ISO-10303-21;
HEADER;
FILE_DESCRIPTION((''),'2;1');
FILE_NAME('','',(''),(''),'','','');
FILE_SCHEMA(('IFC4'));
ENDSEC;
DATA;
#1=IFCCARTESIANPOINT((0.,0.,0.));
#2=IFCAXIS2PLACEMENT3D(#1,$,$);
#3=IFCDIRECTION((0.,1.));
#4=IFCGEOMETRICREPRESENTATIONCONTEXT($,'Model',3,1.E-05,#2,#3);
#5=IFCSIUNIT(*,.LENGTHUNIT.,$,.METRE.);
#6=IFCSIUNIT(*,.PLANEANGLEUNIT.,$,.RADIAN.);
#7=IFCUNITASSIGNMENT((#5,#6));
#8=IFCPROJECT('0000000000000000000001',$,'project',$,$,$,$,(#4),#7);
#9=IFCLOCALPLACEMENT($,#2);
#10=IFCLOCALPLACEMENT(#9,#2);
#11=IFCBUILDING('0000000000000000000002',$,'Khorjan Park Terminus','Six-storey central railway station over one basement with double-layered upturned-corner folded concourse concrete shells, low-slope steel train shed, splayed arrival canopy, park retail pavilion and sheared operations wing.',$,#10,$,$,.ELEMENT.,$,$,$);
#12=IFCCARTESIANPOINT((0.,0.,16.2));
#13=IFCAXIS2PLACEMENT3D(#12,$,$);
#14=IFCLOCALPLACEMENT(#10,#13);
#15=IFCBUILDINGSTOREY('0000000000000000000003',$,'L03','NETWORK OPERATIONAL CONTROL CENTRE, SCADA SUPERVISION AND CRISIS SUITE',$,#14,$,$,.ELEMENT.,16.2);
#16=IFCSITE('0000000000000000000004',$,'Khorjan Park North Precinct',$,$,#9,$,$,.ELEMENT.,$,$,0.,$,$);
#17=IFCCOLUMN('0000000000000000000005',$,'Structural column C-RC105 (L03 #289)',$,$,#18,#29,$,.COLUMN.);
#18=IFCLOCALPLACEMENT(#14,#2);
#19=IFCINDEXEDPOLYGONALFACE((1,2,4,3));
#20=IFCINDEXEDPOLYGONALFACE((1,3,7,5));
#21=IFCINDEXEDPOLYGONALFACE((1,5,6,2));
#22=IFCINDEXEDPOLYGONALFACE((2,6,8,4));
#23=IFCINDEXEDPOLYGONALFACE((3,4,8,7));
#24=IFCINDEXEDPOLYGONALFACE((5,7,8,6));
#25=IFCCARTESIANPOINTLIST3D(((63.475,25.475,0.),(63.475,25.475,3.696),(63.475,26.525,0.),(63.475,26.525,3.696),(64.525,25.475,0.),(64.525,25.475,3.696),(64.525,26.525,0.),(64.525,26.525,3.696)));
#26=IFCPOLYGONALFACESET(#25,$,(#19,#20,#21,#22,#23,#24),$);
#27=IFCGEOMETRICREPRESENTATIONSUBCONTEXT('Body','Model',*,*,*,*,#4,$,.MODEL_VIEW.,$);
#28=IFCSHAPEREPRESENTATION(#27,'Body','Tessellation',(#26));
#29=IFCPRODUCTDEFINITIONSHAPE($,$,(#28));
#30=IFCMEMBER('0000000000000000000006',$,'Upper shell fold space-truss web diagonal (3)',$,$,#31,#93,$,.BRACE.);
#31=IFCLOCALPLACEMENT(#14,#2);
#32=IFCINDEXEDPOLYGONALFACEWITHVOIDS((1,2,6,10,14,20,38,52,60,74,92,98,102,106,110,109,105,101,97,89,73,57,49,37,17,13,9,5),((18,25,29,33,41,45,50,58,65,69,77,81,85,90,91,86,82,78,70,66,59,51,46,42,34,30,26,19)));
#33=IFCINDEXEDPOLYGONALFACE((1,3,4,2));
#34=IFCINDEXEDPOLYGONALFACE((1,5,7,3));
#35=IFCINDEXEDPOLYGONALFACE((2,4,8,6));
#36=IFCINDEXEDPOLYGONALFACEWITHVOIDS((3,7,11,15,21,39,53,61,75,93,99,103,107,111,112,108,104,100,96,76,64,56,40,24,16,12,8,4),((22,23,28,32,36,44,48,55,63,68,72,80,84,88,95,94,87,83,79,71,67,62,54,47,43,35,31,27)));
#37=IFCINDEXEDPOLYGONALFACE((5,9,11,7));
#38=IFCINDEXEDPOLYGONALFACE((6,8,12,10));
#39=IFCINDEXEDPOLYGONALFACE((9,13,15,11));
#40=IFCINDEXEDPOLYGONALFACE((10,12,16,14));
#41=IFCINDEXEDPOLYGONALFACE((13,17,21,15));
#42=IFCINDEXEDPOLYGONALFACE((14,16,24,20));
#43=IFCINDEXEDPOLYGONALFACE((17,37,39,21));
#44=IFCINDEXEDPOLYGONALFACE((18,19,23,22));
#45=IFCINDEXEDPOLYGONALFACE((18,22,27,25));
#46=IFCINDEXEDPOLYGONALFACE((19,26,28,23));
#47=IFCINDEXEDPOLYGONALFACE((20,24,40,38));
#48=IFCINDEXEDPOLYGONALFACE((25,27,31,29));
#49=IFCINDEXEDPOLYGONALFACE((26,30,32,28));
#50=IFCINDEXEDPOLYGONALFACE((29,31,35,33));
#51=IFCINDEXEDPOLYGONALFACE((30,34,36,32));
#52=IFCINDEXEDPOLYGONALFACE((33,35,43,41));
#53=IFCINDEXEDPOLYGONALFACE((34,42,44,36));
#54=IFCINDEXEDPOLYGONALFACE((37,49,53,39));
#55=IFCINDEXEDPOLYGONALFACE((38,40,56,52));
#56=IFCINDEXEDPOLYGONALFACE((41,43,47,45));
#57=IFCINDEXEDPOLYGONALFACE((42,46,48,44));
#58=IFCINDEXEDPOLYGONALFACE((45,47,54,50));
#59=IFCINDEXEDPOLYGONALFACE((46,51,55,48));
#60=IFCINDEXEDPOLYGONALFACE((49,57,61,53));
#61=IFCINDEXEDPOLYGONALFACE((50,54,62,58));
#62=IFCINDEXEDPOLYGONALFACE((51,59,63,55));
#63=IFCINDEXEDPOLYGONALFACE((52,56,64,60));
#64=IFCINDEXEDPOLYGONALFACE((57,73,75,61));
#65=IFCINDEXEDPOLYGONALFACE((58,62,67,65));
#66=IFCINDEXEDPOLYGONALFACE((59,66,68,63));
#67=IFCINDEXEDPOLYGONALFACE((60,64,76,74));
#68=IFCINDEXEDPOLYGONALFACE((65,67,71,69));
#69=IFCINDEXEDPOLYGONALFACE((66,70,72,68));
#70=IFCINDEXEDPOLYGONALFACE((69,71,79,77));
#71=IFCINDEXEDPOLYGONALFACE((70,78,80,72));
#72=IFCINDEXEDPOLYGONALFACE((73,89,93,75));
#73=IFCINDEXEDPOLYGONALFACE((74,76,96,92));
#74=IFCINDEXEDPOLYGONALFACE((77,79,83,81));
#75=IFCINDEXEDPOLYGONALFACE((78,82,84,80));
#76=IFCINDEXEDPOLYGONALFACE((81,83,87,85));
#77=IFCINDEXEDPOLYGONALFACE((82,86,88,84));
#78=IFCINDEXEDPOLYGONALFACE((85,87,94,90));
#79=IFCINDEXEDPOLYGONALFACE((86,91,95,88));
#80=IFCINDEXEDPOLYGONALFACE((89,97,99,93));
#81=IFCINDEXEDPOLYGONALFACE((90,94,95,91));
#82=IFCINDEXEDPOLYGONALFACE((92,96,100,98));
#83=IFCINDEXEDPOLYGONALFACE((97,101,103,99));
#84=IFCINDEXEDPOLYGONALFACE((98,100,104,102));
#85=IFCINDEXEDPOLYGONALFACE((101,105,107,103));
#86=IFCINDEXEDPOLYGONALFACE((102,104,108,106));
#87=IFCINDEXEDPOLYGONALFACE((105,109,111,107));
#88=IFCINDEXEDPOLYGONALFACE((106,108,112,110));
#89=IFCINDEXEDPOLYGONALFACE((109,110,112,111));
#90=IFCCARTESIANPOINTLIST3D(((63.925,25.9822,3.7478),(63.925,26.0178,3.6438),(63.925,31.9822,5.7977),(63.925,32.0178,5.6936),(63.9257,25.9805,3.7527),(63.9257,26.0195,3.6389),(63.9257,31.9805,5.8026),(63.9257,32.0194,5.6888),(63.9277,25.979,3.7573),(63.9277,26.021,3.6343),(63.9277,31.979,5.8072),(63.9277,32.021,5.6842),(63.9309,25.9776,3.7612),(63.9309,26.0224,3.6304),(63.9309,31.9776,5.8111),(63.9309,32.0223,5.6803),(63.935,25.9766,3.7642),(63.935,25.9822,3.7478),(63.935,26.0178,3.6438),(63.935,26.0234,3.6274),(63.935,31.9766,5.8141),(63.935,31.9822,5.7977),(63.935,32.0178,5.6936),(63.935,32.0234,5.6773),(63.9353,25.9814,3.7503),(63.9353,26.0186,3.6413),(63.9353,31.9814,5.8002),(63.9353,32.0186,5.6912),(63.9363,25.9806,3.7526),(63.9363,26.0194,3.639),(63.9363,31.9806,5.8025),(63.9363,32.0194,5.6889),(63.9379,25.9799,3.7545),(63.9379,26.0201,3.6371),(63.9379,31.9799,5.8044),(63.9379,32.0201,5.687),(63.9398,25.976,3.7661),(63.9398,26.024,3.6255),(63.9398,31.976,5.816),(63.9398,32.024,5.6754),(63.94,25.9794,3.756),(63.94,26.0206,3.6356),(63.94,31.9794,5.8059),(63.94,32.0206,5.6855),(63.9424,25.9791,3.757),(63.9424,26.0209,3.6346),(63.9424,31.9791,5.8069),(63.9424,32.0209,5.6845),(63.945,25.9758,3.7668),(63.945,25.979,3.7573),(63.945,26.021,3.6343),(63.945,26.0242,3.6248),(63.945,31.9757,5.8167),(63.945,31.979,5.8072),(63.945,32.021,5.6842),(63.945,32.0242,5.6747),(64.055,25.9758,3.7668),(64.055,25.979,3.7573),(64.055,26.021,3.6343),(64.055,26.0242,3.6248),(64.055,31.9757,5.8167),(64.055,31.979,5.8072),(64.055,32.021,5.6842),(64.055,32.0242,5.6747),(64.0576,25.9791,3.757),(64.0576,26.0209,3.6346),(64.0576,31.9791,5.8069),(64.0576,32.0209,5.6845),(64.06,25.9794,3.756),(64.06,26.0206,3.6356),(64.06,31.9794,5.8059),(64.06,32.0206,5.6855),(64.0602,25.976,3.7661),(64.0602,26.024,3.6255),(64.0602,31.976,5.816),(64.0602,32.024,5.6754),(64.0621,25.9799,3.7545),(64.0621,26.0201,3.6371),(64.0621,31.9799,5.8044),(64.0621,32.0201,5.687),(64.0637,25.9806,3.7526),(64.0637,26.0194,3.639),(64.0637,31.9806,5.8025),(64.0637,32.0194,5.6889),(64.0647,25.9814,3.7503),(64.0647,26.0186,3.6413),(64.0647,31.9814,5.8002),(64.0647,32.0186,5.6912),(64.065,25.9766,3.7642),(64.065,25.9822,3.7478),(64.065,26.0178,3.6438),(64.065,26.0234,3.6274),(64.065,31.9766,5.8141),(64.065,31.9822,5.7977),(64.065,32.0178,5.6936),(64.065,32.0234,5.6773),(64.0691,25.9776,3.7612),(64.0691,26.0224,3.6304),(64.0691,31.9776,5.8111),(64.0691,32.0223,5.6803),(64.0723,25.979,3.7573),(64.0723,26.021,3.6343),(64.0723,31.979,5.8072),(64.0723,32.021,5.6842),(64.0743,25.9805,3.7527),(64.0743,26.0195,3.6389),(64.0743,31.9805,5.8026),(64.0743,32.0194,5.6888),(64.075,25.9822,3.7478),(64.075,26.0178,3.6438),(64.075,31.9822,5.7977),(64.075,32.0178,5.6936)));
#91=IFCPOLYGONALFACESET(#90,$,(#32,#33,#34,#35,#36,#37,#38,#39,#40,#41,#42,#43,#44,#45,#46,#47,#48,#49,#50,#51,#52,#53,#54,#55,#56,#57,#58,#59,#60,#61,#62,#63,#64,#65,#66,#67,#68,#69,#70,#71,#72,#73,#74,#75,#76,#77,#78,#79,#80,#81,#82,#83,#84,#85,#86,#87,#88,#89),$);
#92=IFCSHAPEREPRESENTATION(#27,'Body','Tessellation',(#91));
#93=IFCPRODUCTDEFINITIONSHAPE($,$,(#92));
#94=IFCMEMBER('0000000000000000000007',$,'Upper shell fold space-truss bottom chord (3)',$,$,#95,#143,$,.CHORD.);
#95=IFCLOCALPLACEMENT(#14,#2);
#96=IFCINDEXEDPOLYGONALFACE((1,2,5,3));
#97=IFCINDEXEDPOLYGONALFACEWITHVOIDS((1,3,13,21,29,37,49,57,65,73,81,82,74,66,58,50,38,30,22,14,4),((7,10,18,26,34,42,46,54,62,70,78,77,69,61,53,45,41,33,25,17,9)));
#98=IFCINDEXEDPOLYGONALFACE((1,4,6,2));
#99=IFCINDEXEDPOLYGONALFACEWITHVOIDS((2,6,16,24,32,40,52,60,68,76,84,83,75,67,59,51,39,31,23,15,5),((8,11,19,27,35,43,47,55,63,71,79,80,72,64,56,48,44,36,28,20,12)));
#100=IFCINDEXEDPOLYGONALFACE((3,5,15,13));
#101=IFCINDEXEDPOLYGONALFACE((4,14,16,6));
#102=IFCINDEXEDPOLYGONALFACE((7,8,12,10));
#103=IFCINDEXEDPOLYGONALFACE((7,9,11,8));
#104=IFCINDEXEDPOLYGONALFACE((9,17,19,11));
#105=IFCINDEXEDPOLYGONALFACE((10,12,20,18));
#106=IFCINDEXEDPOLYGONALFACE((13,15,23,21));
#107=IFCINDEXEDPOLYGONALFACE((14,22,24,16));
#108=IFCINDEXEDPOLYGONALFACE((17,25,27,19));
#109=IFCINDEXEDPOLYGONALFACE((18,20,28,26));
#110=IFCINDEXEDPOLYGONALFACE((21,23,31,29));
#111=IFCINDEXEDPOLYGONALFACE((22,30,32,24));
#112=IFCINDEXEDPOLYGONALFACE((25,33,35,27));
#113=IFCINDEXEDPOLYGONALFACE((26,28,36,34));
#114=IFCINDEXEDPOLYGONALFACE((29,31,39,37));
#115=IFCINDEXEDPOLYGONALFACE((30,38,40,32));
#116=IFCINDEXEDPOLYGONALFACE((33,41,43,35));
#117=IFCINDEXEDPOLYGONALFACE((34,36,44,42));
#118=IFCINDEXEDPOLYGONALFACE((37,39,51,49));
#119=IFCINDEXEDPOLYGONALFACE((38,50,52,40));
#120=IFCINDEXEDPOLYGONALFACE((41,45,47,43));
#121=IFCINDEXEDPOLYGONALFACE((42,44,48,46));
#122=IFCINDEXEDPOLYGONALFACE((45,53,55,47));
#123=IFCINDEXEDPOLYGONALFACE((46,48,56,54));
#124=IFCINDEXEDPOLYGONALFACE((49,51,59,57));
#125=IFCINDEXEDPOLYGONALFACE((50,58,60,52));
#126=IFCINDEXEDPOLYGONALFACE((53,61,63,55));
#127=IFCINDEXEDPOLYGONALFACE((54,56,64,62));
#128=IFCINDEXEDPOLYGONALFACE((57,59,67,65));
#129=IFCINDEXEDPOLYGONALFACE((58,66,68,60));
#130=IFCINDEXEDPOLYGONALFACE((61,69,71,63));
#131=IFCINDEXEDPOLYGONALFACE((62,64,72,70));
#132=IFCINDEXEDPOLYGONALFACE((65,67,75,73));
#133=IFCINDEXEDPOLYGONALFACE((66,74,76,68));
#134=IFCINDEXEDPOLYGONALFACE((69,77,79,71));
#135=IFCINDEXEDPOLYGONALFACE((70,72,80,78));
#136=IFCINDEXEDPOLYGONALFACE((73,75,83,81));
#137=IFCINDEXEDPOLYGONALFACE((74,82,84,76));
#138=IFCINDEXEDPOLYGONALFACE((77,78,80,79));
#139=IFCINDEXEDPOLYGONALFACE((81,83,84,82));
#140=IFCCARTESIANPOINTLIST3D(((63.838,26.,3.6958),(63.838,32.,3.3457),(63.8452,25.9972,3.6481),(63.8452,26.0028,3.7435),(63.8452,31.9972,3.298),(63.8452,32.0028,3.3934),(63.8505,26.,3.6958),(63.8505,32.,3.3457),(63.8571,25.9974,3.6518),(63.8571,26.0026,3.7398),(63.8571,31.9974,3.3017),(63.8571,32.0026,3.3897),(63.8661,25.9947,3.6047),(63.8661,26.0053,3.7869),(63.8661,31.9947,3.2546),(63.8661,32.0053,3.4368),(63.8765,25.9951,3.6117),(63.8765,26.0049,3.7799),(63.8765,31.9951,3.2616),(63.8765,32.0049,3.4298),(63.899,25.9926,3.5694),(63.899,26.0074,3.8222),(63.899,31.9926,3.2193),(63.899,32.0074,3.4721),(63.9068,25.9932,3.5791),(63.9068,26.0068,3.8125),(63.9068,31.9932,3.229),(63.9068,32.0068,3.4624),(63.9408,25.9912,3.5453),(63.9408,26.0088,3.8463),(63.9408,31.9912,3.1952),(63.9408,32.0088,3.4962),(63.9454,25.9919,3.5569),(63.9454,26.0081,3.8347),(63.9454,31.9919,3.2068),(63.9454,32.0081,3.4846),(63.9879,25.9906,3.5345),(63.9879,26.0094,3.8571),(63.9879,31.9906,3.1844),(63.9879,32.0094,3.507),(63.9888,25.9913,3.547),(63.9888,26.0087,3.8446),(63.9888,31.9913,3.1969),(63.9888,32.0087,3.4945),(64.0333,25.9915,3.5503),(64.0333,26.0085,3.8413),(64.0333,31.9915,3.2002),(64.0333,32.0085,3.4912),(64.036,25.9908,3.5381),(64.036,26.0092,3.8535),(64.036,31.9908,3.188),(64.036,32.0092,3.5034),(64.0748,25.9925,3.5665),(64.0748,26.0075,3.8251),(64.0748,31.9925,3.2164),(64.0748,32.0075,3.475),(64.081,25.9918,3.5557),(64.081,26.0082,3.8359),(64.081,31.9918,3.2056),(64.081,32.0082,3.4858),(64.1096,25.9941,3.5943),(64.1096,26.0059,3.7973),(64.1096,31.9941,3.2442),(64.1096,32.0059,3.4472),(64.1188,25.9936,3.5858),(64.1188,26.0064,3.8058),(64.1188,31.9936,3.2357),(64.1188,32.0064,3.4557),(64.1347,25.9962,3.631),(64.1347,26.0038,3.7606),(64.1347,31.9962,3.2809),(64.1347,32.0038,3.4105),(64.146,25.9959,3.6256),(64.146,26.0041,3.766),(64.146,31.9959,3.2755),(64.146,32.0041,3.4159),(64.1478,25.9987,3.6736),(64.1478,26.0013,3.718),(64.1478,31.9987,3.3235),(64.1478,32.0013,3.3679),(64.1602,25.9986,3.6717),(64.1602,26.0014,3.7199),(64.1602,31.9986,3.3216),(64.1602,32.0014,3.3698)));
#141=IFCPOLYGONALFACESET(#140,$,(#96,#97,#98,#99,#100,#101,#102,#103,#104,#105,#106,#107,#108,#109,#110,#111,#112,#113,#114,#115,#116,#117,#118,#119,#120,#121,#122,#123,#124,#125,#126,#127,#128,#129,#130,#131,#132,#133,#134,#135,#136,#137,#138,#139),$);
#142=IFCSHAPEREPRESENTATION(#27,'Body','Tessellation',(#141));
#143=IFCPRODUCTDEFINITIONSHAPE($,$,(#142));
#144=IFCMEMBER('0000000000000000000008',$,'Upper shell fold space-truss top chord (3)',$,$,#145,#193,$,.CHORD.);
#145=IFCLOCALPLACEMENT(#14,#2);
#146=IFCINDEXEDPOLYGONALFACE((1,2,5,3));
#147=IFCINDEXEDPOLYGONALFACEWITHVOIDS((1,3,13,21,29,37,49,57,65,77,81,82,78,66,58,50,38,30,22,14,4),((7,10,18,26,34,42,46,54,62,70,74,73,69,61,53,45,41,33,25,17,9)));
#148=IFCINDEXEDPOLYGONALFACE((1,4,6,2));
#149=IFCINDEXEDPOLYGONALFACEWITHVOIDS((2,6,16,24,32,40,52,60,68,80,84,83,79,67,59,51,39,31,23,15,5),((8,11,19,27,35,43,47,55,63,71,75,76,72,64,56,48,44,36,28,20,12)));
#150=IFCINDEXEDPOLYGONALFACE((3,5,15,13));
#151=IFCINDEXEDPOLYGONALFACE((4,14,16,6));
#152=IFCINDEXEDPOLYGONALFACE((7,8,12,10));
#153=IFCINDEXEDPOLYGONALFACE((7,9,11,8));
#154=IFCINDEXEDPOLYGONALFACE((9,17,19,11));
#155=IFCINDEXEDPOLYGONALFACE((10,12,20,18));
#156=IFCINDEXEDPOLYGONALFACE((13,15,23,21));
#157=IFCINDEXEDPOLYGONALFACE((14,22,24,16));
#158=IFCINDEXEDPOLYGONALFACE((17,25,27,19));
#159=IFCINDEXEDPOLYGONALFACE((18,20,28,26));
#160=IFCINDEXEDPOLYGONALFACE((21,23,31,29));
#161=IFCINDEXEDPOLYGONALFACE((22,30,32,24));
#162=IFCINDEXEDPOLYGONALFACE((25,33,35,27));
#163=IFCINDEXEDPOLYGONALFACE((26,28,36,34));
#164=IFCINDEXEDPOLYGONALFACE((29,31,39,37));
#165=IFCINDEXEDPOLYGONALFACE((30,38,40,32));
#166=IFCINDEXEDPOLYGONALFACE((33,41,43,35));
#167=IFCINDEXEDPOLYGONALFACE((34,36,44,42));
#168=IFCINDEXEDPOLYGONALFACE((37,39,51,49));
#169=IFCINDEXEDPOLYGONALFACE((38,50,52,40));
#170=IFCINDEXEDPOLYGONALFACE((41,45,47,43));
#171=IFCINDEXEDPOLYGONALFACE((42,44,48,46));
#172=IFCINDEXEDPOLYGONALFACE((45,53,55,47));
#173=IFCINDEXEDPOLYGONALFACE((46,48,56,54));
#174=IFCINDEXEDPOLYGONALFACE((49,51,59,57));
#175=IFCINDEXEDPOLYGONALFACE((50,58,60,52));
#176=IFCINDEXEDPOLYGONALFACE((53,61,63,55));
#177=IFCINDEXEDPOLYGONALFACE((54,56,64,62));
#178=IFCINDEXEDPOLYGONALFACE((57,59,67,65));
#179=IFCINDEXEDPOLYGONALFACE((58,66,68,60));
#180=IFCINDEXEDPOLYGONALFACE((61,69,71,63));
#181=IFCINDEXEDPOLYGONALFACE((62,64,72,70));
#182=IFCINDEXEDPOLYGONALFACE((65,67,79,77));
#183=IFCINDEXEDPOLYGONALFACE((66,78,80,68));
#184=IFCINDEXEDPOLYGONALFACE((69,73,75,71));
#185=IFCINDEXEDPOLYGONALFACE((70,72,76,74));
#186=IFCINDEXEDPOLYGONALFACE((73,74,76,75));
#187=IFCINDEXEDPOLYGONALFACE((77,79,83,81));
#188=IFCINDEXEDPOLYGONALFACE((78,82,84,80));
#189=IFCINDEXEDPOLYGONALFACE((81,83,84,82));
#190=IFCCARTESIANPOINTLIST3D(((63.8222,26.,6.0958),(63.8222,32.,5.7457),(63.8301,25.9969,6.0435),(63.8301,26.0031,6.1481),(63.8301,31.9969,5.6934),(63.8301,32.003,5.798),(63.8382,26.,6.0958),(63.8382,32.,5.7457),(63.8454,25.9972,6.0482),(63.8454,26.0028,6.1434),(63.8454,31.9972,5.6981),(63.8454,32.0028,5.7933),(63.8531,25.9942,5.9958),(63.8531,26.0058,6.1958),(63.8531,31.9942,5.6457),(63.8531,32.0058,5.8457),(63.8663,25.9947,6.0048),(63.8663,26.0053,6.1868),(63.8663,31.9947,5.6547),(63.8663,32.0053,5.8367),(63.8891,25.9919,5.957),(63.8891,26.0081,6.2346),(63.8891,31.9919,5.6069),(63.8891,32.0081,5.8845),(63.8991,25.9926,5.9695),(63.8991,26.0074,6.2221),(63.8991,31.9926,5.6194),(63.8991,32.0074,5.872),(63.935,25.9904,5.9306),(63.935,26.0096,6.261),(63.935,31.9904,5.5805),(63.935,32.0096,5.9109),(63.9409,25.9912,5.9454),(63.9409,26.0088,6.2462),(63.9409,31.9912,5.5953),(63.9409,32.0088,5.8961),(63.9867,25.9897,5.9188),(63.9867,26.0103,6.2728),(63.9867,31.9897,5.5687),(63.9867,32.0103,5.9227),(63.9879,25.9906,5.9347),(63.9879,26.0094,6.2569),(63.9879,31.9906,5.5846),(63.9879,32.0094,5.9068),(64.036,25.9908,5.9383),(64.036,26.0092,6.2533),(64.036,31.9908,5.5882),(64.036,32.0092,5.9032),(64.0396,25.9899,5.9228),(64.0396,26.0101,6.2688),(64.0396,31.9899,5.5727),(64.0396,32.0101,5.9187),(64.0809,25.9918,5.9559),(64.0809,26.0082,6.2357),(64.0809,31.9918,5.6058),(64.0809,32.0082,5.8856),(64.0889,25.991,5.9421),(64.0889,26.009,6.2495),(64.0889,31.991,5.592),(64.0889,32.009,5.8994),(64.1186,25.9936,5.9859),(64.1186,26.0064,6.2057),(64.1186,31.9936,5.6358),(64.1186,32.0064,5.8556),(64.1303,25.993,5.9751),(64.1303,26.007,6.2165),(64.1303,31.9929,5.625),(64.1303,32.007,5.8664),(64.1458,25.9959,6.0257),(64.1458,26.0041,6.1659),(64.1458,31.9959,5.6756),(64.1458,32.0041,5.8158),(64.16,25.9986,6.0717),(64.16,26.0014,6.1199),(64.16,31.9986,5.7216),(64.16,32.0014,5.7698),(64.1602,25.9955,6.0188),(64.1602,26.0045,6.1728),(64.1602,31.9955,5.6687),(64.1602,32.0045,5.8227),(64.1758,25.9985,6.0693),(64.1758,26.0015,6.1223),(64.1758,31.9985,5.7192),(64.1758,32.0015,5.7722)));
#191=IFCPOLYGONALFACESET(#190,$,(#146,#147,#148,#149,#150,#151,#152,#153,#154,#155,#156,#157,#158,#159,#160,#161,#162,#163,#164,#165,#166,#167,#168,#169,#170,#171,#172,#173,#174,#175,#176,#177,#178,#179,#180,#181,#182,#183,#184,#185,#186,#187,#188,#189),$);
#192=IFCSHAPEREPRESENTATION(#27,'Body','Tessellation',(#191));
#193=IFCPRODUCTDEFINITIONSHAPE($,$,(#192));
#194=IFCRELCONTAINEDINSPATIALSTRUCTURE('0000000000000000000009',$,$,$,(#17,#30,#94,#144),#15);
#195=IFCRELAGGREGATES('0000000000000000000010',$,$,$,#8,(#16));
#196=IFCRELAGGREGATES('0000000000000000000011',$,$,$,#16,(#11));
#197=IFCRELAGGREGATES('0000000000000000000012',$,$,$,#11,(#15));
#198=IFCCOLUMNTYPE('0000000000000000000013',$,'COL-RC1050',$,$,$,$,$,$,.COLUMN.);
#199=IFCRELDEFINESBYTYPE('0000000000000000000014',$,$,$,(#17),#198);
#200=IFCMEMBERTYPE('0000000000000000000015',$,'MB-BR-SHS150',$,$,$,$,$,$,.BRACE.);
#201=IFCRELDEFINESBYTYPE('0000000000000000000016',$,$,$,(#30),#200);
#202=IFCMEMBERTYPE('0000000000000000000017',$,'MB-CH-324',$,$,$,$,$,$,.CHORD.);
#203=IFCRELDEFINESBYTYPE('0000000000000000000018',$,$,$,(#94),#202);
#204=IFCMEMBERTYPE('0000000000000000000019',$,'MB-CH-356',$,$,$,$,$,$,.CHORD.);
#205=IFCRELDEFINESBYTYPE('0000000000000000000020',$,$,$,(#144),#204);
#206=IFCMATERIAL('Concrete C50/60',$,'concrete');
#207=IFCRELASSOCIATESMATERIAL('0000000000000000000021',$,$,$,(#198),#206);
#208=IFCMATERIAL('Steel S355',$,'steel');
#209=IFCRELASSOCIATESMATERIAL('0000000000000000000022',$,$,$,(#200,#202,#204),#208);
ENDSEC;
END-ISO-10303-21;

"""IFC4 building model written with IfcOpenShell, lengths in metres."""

from ifc_helpers import new_model, si_unit, direction, frame, origin, origin_2d, place, context, subcontext, project, spatial, rectangle, hollow_rectangle, hollow_circle, extrude, material, material_profile, profile_set, type_object, element, save


model = new_model("IFC4")

# Units and contexts
model_context = context("Model", 3, precision=1e-05, world=origin(), true_north=direction((0.0, 1.0)))
body_context = subcontext(model_context, "Body", "Model", "MODEL_VIEW")
ifc_project = project(units=[si_unit("LENGTHUNIT", "METRE"), si_unit("PLANEANGLEUNIT", "RADIAN")], contexts=[model_context])

# Site, building, storey
site_placement = place(None, origin())
site = spatial("IfcSite", under=ifc_project, at=site_placement, Name="Khorjan Park North Precinct", CompositionType="ELEMENT", RefElevation=0.0)
building_placement = place(site_placement, origin())
building = spatial("IfcBuilding", under=site, at=building_placement, Name="Khorjan Park Terminus", Description="Six-storey central railway station over one basement with double-layered upturned-corner folded concourse concrete shells, low-slope steel train shed, splayed arrival canopy, park retail pavilion and sheared operations wing.", CompositionType="ELEMENT")
storey_placement = place(building_placement, frame((0.0, 0.0, 16.2)))
storey = spatial("IfcBuildingStorey", under=building, at=storey_placement, Name="L03", Description="NETWORK OPERATIONAL CONTROL CENTRE, SCADA SUPERVISION AND CRISIS SUITE", CompositionType="ELEMENT", Elevation=16.2)

# Column
ifc_material_1 = material(Name="Concrete C50/60", Category="concrete")
ifc_material_profile_1 = material_profile(ifc_material_1, rectangle(XDim=1.05, YDim=1.05, at=origin_2d()), Name="RC 1050x1050")
ifc_profile_set_1 = profile_set([ifc_material_profile_1], Name="Concrete C50/60")
column_type = type_object("IfcColumnType", Name="COL-RC1050", PredefinedType="COLUMN", material=ifc_profile_set_1)
column_placement = place(storey_placement, frame((64.0, 26.0, 0.0), z_axis=(0.0, 0.0, 1.0), x_axis=(1.0, 0.0, 0.0)))
element("IfcColumn", 1, at=column_placement, inside=storey, type_object=column_type, Name="Structural column C-RC105 (L03 #289)", PredefinedType="COLUMN", context=body_context, shape_type="SweptSolid", body=[
    extrude(rectangle(XDim=1.05, YDim=1.05, at=origin_2d()), origin(), (0.0, 0.0, 1.0), 3.696),
])

# Members
ifc_material_2 = material(Name="Steel S355", Category="steel")
ifc_material_profile_2 = material_profile(ifc_material_2, hollow_rectangle(XDim=0.15, YDim=0.15, WallThickness=0.01, InnerFilletRadius=0.01, OuterFilletRadius=0.02, at=origin_2d()), Name="SHS 150x150x10")
ifc_profile_set_2 = profile_set([ifc_material_profile_2], Name="Steel S355")
member_type_1 = type_object("IfcMemberType", Name="MB-BR-SHS150", PredefinedType="BRACE", material=ifc_profile_set_2)
member_1_placement = place(storey_placement, frame((64.0, 26.0, 3.6958), z_axis=(0.0, 0.946296, 0.323302), x_axis=(-1.0, 0.0, 0.0)))
element("IfcMember", 2, at=member_1_placement, inside=storey, type_object=member_type_1, Name="Upper shell fold space-truss web diagonal (3)", PredefinedType="BRACE", context=body_context, shape_type="SweptSolid", body=[
    extrude(hollow_rectangle(XDim=0.15, YDim=0.15, WallThickness=0.01, InnerFilletRadius=0.01, OuterFilletRadius=0.02, at=origin_2d()), origin(), (0.0, 0.0, 1.0), 6.3405),
])
ifc_material_profile_3 = material_profile(ifc_material_2, hollow_circle(Radius=0.162, WallThickness=0.0125, at=origin_2d()), Name="CHS 323.9x12.5")
ifc_profile_set_3 = profile_set([ifc_material_profile_3], Name="Steel S355")
member_type_2 = type_object("IfcMemberType", Name="MB-CH-324", PredefinedType="CHORD", material=ifc_profile_set_3)
member_2_placement = place(storey_placement, frame((64.0, 26.0, 3.6958), z_axis=(0.0, 0.998302, -0.058251), x_axis=(-1.0, 0.0, 0.0)))
element("IfcMember", 3, at=member_2_placement, inside=storey, type_object=member_type_2, Name="Upper shell fold space-truss bottom chord (3)", PredefinedType="CHORD", context=body_context, shape_type="SweptSolid", body=[
    extrude(hollow_circle(Radius=0.162, WallThickness=0.0125, at=origin_2d()), origin(), (0.0, 0.0, 1.0), 6.0102),
])
ifc_material_profile_4 = material_profile(ifc_material_2, hollow_circle(Radius=0.1778, WallThickness=0.016, at=origin_2d()), Name="CHS 355.6x16")
ifc_profile_set_4 = profile_set([ifc_material_profile_4], Name="Steel S355")
member_type_3 = type_object("IfcMemberType", Name="MB-CH-356", PredefinedType="CHORD", material=ifc_profile_set_4)
member_3_placement = place(storey_placement, frame((64.0, 26.0, 6.0958), z_axis=(0.0, 0.998302, -0.058251), x_axis=(-1.0, 0.0, 0.0)))
element("IfcMember", 4, at=member_3_placement, inside=storey, type_object=member_type_3, Name="Upper shell fold space-truss top chord (3)", PredefinedType="CHORD", context=body_context, shape_type="SweptSolid", body=[
    extrude(hollow_circle(Radius=0.1778, WallThickness=0.016, at=origin_2d()), origin(), (0.0, 0.0, 1.0), 6.0102),
])

save(model, "model.ifc")
